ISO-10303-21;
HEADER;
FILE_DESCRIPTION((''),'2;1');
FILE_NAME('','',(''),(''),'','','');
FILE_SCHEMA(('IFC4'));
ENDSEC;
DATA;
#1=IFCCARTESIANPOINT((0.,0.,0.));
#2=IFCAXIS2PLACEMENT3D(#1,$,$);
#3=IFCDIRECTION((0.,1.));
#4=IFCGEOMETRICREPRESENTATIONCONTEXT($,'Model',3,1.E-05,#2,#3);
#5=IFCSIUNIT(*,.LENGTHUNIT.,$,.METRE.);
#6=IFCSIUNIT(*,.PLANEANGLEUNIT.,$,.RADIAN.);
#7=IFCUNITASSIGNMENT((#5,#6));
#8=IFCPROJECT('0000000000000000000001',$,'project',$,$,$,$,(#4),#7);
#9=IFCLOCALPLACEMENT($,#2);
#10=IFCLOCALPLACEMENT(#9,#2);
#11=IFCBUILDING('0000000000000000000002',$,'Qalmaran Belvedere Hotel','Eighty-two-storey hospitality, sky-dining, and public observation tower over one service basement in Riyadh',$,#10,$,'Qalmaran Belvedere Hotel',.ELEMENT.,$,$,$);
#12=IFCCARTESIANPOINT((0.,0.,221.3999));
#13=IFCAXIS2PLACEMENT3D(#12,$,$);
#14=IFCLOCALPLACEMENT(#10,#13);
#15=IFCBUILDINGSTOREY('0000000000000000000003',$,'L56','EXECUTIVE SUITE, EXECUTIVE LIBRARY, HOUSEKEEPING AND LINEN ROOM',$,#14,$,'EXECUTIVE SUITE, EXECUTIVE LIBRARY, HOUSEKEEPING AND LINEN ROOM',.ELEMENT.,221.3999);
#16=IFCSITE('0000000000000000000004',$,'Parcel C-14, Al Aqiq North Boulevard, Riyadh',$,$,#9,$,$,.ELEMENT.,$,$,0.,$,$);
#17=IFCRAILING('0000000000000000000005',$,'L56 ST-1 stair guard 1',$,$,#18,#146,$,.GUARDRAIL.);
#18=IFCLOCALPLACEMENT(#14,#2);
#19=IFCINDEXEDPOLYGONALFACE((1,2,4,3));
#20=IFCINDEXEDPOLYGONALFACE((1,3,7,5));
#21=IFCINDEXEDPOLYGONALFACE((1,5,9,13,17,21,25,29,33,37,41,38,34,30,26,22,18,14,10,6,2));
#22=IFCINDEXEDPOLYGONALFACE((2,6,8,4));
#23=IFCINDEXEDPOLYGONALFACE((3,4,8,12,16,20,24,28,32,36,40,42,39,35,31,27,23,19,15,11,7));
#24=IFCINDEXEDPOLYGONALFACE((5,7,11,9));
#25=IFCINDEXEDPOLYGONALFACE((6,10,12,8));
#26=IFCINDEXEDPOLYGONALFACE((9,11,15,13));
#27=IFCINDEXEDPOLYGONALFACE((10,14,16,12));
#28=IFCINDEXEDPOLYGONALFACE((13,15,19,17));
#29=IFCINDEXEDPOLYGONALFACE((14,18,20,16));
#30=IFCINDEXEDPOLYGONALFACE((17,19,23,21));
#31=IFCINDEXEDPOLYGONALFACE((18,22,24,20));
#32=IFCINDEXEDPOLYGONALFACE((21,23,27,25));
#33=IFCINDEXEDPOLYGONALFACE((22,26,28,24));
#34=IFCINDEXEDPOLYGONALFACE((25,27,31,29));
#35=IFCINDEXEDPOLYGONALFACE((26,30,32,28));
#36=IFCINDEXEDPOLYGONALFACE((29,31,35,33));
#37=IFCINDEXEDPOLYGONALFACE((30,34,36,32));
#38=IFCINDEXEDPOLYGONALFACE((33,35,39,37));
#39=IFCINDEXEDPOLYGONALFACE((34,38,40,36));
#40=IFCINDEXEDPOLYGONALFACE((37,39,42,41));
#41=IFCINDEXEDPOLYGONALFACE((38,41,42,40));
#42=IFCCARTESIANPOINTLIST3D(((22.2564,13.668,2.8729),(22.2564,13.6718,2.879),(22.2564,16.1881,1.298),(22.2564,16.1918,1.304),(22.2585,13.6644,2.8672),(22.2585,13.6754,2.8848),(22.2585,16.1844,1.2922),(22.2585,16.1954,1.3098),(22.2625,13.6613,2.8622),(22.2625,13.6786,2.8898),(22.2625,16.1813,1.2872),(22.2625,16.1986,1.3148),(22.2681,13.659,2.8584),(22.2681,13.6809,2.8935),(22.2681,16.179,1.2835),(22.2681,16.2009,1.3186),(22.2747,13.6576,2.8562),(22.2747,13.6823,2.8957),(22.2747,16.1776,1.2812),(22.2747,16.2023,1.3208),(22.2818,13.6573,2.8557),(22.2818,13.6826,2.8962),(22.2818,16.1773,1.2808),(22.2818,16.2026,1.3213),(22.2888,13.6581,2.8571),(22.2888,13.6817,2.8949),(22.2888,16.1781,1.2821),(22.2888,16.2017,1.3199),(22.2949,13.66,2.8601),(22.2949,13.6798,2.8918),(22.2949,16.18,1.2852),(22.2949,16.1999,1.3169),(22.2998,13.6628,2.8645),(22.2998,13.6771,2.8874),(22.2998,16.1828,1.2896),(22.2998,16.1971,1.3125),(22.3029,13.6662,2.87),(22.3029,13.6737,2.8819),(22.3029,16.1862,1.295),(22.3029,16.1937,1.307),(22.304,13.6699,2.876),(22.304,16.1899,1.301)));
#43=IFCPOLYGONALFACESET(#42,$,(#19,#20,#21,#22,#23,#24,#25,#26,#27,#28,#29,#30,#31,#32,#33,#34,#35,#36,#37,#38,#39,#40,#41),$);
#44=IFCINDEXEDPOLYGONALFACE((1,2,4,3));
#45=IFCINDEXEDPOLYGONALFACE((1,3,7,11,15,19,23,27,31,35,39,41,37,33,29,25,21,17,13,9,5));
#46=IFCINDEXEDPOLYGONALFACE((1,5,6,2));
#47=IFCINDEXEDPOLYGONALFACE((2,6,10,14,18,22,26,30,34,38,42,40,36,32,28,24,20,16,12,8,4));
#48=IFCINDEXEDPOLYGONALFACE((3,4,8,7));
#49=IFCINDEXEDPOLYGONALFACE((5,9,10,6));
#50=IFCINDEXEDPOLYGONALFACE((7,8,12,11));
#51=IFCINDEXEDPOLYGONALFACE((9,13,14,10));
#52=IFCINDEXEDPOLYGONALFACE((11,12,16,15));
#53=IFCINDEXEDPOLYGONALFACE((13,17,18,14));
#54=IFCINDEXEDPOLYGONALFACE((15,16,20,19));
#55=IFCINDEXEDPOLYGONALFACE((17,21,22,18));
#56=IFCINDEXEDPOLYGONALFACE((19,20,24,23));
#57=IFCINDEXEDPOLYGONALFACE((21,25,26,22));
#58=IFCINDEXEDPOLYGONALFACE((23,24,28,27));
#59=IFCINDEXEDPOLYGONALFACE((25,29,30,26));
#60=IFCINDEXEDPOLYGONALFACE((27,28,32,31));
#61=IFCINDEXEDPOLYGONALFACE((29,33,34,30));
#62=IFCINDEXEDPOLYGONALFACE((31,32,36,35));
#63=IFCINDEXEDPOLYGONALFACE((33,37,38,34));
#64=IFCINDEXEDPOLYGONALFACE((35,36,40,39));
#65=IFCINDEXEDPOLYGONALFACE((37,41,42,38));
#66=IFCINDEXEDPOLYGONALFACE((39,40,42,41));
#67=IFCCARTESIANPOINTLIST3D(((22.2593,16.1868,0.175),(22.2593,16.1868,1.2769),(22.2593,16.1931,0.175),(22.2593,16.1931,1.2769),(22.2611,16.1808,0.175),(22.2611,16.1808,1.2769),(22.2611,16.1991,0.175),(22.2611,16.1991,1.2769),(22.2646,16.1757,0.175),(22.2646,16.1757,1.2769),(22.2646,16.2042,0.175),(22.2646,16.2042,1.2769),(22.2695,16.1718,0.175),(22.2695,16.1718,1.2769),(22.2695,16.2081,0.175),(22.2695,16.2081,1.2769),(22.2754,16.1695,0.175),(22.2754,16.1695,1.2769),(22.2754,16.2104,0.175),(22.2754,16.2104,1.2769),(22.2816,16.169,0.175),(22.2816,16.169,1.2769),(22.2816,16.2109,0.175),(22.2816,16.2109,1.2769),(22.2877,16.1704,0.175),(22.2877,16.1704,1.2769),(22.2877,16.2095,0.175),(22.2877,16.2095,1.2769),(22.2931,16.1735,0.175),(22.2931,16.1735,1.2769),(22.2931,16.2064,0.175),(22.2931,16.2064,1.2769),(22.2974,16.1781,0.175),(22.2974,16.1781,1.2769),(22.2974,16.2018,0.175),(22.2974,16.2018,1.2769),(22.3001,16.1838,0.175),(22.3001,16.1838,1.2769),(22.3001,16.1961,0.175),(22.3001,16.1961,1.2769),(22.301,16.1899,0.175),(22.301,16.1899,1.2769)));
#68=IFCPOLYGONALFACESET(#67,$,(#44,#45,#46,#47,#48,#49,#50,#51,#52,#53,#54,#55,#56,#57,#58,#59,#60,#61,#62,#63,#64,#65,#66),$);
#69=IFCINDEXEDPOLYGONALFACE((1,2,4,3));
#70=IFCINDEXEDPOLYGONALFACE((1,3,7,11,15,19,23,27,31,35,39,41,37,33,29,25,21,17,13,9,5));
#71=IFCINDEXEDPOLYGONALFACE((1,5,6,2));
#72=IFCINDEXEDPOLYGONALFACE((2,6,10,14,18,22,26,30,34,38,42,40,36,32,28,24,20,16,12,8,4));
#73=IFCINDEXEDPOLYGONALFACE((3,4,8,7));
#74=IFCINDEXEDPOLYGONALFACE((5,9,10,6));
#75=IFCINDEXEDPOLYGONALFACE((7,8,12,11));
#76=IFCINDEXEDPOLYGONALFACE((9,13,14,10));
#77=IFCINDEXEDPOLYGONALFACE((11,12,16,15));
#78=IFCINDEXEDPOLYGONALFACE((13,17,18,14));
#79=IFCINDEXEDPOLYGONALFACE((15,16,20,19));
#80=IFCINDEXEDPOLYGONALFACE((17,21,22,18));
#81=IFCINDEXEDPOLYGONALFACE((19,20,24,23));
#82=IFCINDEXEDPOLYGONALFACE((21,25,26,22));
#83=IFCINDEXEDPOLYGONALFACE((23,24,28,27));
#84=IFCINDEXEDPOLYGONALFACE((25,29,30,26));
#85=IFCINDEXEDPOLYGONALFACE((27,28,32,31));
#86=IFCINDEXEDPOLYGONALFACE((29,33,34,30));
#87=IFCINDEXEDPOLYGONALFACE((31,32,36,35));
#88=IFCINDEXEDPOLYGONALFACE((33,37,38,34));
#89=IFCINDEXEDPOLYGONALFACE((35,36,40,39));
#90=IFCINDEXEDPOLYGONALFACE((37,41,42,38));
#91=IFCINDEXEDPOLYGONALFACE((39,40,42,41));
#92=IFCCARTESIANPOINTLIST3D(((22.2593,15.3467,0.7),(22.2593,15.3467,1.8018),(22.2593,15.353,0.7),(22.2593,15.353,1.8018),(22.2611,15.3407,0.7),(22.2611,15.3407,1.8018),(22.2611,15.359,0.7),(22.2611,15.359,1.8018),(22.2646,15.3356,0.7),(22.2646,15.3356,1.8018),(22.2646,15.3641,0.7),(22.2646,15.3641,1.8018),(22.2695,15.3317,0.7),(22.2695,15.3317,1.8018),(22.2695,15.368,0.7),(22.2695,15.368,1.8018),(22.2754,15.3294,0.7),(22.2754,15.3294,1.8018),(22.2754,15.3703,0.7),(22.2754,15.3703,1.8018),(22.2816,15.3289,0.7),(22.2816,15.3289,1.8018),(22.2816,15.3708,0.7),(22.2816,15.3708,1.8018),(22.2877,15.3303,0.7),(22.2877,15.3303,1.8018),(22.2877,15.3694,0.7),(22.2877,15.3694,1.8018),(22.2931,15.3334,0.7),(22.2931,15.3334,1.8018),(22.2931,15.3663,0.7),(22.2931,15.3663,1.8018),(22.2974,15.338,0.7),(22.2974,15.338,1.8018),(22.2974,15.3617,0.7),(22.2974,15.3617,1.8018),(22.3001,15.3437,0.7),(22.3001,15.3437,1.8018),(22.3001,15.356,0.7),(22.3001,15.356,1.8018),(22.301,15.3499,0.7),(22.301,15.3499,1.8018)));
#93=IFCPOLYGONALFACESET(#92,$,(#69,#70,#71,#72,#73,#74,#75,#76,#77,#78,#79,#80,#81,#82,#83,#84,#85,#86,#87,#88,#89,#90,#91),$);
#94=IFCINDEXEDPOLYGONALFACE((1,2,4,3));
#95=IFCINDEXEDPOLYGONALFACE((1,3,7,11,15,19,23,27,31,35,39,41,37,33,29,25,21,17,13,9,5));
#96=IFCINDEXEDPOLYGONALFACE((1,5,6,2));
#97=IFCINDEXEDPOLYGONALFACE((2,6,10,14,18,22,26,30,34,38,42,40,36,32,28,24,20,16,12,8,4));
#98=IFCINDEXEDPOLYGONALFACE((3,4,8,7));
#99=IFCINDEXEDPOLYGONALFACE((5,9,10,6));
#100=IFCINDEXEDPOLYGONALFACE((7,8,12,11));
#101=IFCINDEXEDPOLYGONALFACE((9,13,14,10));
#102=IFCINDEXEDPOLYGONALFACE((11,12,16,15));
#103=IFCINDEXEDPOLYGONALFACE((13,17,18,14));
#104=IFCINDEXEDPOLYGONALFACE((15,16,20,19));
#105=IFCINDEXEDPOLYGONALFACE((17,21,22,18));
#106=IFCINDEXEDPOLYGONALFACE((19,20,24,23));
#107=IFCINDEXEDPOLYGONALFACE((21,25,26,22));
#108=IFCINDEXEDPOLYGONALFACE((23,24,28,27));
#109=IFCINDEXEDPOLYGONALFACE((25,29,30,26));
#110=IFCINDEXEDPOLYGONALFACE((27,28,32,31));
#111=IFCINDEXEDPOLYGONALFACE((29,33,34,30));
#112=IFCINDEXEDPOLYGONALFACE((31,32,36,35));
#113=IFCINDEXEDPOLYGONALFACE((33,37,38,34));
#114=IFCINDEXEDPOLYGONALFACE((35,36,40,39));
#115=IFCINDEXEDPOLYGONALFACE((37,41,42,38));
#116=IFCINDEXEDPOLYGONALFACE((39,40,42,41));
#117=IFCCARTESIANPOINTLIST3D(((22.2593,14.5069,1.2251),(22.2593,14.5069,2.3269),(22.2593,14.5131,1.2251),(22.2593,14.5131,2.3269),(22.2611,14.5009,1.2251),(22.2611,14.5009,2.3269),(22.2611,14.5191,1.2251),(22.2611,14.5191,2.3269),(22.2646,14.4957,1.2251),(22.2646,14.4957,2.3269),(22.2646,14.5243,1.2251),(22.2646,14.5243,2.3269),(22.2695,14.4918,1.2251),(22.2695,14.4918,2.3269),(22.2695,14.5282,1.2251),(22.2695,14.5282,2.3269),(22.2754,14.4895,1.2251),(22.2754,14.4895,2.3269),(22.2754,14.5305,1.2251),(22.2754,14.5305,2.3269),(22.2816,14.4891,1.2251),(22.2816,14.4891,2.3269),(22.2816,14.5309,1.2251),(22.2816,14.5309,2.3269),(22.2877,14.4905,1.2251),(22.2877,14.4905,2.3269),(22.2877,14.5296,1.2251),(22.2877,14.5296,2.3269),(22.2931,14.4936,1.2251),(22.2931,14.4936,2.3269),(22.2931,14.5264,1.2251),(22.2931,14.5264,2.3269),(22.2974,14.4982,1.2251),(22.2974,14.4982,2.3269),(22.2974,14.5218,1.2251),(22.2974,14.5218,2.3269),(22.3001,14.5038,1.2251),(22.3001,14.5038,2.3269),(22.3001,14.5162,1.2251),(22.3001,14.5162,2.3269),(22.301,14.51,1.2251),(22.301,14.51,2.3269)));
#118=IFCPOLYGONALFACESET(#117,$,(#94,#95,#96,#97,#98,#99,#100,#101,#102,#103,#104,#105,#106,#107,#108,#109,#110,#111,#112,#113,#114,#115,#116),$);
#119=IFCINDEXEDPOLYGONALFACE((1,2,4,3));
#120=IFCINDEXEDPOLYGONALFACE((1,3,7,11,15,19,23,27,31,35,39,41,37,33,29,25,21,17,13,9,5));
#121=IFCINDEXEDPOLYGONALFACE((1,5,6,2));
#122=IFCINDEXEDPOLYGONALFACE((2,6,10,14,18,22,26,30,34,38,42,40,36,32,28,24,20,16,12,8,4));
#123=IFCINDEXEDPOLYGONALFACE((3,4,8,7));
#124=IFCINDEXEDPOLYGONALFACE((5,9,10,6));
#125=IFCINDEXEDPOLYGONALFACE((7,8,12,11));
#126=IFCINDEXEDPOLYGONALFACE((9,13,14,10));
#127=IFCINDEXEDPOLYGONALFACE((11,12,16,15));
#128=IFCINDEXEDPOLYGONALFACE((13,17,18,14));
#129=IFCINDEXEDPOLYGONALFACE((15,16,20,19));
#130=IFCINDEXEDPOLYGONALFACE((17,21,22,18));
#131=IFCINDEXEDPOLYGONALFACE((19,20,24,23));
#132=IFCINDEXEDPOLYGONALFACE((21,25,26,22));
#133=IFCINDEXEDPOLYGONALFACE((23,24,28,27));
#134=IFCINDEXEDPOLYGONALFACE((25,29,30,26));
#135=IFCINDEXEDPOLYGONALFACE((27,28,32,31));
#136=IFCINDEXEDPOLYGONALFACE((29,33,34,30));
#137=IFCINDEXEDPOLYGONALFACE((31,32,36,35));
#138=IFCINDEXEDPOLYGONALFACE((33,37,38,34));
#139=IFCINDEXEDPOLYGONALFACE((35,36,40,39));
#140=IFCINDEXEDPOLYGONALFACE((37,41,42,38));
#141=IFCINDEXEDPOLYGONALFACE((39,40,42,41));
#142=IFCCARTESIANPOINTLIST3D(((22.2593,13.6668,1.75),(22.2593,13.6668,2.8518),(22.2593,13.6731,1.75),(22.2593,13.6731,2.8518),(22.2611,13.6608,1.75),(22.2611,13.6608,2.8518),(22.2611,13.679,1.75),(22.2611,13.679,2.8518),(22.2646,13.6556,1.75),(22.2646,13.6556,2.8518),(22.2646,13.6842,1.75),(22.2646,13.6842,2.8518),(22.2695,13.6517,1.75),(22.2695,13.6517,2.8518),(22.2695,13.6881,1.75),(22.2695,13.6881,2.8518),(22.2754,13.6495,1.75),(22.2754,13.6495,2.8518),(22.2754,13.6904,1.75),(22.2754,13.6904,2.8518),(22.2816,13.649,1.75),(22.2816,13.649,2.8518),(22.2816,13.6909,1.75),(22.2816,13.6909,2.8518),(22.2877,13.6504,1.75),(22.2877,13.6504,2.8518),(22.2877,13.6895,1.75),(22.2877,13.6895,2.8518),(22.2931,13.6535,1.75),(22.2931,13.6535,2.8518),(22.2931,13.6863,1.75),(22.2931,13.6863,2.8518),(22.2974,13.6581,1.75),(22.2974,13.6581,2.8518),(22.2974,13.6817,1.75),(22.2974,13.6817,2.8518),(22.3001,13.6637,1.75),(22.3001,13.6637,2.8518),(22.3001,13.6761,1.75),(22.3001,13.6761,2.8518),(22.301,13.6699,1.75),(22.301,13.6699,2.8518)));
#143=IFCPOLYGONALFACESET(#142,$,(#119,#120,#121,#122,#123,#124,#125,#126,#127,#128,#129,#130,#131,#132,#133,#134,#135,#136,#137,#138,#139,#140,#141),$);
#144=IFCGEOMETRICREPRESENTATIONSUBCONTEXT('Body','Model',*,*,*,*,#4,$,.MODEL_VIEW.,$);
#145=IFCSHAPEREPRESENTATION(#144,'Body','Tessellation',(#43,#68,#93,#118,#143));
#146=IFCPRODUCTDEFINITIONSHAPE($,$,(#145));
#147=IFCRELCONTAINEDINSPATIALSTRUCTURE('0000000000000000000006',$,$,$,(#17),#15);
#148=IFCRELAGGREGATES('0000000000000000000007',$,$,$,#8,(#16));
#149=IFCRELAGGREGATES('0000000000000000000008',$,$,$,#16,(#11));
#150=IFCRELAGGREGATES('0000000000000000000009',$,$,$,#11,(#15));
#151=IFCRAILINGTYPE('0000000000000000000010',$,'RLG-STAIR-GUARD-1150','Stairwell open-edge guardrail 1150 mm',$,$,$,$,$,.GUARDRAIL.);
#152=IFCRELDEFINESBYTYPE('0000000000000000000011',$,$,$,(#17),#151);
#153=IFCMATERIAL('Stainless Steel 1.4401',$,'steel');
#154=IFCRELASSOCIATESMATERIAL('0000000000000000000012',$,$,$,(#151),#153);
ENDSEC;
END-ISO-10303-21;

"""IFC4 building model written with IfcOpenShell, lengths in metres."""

from ifc_helpers import new_model, si_unit, direction, frame, origin, origin_2d, place, context, subcontext, project, spatial, circle, extrude, material, type_object, element, save


model = new_model("IFC4")

# Units and contexts
model_context = context("Model", 3, precision=1e-05, world=origin(), true_north=direction((0.0, 1.0)))
body_context = subcontext(model_context, "Body", "Model", "MODEL_VIEW")
ifc_project = project(units=[si_unit("LENGTHUNIT", "METRE"), si_unit("PLANEANGLEUNIT", "RADIAN")], contexts=[model_context])

# Site, building, storey
site_placement = place(None, origin())
site = spatial("IfcSite", under=ifc_project, at=site_placement, Name="Parcel C-14, Al Aqiq North Boulevard, Riyadh", CompositionType="ELEMENT", RefElevation=0.0)
building_placement = place(site_placement, origin())
building = spatial("IfcBuilding", under=site, at=building_placement, Name="Qalmaran Belvedere Hotel", Description="Eighty-two-storey hospitality, sky-dining, and public observation tower over one service basement in Riyadh", LongName="Qalmaran Belvedere Hotel", CompositionType="ELEMENT")
storey_placement = place(building_placement, frame((0.0, 0.0, 221.3999)))
storey = spatial("IfcBuildingStorey", under=building, at=storey_placement, Name="L56", Description="EXECUTIVE SUITE, EXECUTIVE LIBRARY, HOUSEKEEPING AND LINEN ROOM", LongName="EXECUTIVE SUITE, EXECUTIVE LIBRARY, HOUSEKEEPING AND LINEN ROOM", CompositionType="ELEMENT", Elevation=221.3999)

# Railing
ifc_material_1 = material(Name="Stainless Steel 1.4401", Category="steel")
railing_type_1 = type_object("IfcRailingType", Name="RLG-STAIR-GUARD-1150", Description="Stairwell open-edge guardrail 1150 mm", PredefinedType="GUARDRAIL", material=ifc_material_1)
railing_1_placement = place(storey_placement, frame((22.28, 16.1899, 0.175)))
element("IfcRailing", 1, at=railing_1_placement, inside=storey, type_object=railing_type_1, Name="L56 ST-1 stair guard 1", PredefinedType="GUARDRAIL", context=body_context, shape_type="SweptSolid", body=[
    extrude(circle(Radius=0.0239, at=origin_2d()), frame((0.0, 0.0, 1.126), z_axis=(0.0, -0.848008, 0.529984), x_axis=(1.0, 0.0, 0.0)), (0.0, 0.0, 1.0), 2.9717),
    extrude(circle(Radius=0.021, at=origin_2d()), origin(), (0.0, 0.0, 1.0), 1.1018),
    extrude(circle(Radius=0.021, at=origin_2d()), frame((0.0, -0.8401, 0.5249)), (0.0, 0.0, 1.0), 1.1018),
    extrude(circle(Radius=0.021, at=origin_2d()), frame((0.0, -1.6799, 1.05)), (0.0, 0.0, 1.0), 1.1018),
    extrude(circle(Radius=0.021, at=origin_2d()), frame((0.0, -2.52, 1.575)), (0.0, 0.0, 1.0), 1.1018),
])

save(model, "model.ifc")
